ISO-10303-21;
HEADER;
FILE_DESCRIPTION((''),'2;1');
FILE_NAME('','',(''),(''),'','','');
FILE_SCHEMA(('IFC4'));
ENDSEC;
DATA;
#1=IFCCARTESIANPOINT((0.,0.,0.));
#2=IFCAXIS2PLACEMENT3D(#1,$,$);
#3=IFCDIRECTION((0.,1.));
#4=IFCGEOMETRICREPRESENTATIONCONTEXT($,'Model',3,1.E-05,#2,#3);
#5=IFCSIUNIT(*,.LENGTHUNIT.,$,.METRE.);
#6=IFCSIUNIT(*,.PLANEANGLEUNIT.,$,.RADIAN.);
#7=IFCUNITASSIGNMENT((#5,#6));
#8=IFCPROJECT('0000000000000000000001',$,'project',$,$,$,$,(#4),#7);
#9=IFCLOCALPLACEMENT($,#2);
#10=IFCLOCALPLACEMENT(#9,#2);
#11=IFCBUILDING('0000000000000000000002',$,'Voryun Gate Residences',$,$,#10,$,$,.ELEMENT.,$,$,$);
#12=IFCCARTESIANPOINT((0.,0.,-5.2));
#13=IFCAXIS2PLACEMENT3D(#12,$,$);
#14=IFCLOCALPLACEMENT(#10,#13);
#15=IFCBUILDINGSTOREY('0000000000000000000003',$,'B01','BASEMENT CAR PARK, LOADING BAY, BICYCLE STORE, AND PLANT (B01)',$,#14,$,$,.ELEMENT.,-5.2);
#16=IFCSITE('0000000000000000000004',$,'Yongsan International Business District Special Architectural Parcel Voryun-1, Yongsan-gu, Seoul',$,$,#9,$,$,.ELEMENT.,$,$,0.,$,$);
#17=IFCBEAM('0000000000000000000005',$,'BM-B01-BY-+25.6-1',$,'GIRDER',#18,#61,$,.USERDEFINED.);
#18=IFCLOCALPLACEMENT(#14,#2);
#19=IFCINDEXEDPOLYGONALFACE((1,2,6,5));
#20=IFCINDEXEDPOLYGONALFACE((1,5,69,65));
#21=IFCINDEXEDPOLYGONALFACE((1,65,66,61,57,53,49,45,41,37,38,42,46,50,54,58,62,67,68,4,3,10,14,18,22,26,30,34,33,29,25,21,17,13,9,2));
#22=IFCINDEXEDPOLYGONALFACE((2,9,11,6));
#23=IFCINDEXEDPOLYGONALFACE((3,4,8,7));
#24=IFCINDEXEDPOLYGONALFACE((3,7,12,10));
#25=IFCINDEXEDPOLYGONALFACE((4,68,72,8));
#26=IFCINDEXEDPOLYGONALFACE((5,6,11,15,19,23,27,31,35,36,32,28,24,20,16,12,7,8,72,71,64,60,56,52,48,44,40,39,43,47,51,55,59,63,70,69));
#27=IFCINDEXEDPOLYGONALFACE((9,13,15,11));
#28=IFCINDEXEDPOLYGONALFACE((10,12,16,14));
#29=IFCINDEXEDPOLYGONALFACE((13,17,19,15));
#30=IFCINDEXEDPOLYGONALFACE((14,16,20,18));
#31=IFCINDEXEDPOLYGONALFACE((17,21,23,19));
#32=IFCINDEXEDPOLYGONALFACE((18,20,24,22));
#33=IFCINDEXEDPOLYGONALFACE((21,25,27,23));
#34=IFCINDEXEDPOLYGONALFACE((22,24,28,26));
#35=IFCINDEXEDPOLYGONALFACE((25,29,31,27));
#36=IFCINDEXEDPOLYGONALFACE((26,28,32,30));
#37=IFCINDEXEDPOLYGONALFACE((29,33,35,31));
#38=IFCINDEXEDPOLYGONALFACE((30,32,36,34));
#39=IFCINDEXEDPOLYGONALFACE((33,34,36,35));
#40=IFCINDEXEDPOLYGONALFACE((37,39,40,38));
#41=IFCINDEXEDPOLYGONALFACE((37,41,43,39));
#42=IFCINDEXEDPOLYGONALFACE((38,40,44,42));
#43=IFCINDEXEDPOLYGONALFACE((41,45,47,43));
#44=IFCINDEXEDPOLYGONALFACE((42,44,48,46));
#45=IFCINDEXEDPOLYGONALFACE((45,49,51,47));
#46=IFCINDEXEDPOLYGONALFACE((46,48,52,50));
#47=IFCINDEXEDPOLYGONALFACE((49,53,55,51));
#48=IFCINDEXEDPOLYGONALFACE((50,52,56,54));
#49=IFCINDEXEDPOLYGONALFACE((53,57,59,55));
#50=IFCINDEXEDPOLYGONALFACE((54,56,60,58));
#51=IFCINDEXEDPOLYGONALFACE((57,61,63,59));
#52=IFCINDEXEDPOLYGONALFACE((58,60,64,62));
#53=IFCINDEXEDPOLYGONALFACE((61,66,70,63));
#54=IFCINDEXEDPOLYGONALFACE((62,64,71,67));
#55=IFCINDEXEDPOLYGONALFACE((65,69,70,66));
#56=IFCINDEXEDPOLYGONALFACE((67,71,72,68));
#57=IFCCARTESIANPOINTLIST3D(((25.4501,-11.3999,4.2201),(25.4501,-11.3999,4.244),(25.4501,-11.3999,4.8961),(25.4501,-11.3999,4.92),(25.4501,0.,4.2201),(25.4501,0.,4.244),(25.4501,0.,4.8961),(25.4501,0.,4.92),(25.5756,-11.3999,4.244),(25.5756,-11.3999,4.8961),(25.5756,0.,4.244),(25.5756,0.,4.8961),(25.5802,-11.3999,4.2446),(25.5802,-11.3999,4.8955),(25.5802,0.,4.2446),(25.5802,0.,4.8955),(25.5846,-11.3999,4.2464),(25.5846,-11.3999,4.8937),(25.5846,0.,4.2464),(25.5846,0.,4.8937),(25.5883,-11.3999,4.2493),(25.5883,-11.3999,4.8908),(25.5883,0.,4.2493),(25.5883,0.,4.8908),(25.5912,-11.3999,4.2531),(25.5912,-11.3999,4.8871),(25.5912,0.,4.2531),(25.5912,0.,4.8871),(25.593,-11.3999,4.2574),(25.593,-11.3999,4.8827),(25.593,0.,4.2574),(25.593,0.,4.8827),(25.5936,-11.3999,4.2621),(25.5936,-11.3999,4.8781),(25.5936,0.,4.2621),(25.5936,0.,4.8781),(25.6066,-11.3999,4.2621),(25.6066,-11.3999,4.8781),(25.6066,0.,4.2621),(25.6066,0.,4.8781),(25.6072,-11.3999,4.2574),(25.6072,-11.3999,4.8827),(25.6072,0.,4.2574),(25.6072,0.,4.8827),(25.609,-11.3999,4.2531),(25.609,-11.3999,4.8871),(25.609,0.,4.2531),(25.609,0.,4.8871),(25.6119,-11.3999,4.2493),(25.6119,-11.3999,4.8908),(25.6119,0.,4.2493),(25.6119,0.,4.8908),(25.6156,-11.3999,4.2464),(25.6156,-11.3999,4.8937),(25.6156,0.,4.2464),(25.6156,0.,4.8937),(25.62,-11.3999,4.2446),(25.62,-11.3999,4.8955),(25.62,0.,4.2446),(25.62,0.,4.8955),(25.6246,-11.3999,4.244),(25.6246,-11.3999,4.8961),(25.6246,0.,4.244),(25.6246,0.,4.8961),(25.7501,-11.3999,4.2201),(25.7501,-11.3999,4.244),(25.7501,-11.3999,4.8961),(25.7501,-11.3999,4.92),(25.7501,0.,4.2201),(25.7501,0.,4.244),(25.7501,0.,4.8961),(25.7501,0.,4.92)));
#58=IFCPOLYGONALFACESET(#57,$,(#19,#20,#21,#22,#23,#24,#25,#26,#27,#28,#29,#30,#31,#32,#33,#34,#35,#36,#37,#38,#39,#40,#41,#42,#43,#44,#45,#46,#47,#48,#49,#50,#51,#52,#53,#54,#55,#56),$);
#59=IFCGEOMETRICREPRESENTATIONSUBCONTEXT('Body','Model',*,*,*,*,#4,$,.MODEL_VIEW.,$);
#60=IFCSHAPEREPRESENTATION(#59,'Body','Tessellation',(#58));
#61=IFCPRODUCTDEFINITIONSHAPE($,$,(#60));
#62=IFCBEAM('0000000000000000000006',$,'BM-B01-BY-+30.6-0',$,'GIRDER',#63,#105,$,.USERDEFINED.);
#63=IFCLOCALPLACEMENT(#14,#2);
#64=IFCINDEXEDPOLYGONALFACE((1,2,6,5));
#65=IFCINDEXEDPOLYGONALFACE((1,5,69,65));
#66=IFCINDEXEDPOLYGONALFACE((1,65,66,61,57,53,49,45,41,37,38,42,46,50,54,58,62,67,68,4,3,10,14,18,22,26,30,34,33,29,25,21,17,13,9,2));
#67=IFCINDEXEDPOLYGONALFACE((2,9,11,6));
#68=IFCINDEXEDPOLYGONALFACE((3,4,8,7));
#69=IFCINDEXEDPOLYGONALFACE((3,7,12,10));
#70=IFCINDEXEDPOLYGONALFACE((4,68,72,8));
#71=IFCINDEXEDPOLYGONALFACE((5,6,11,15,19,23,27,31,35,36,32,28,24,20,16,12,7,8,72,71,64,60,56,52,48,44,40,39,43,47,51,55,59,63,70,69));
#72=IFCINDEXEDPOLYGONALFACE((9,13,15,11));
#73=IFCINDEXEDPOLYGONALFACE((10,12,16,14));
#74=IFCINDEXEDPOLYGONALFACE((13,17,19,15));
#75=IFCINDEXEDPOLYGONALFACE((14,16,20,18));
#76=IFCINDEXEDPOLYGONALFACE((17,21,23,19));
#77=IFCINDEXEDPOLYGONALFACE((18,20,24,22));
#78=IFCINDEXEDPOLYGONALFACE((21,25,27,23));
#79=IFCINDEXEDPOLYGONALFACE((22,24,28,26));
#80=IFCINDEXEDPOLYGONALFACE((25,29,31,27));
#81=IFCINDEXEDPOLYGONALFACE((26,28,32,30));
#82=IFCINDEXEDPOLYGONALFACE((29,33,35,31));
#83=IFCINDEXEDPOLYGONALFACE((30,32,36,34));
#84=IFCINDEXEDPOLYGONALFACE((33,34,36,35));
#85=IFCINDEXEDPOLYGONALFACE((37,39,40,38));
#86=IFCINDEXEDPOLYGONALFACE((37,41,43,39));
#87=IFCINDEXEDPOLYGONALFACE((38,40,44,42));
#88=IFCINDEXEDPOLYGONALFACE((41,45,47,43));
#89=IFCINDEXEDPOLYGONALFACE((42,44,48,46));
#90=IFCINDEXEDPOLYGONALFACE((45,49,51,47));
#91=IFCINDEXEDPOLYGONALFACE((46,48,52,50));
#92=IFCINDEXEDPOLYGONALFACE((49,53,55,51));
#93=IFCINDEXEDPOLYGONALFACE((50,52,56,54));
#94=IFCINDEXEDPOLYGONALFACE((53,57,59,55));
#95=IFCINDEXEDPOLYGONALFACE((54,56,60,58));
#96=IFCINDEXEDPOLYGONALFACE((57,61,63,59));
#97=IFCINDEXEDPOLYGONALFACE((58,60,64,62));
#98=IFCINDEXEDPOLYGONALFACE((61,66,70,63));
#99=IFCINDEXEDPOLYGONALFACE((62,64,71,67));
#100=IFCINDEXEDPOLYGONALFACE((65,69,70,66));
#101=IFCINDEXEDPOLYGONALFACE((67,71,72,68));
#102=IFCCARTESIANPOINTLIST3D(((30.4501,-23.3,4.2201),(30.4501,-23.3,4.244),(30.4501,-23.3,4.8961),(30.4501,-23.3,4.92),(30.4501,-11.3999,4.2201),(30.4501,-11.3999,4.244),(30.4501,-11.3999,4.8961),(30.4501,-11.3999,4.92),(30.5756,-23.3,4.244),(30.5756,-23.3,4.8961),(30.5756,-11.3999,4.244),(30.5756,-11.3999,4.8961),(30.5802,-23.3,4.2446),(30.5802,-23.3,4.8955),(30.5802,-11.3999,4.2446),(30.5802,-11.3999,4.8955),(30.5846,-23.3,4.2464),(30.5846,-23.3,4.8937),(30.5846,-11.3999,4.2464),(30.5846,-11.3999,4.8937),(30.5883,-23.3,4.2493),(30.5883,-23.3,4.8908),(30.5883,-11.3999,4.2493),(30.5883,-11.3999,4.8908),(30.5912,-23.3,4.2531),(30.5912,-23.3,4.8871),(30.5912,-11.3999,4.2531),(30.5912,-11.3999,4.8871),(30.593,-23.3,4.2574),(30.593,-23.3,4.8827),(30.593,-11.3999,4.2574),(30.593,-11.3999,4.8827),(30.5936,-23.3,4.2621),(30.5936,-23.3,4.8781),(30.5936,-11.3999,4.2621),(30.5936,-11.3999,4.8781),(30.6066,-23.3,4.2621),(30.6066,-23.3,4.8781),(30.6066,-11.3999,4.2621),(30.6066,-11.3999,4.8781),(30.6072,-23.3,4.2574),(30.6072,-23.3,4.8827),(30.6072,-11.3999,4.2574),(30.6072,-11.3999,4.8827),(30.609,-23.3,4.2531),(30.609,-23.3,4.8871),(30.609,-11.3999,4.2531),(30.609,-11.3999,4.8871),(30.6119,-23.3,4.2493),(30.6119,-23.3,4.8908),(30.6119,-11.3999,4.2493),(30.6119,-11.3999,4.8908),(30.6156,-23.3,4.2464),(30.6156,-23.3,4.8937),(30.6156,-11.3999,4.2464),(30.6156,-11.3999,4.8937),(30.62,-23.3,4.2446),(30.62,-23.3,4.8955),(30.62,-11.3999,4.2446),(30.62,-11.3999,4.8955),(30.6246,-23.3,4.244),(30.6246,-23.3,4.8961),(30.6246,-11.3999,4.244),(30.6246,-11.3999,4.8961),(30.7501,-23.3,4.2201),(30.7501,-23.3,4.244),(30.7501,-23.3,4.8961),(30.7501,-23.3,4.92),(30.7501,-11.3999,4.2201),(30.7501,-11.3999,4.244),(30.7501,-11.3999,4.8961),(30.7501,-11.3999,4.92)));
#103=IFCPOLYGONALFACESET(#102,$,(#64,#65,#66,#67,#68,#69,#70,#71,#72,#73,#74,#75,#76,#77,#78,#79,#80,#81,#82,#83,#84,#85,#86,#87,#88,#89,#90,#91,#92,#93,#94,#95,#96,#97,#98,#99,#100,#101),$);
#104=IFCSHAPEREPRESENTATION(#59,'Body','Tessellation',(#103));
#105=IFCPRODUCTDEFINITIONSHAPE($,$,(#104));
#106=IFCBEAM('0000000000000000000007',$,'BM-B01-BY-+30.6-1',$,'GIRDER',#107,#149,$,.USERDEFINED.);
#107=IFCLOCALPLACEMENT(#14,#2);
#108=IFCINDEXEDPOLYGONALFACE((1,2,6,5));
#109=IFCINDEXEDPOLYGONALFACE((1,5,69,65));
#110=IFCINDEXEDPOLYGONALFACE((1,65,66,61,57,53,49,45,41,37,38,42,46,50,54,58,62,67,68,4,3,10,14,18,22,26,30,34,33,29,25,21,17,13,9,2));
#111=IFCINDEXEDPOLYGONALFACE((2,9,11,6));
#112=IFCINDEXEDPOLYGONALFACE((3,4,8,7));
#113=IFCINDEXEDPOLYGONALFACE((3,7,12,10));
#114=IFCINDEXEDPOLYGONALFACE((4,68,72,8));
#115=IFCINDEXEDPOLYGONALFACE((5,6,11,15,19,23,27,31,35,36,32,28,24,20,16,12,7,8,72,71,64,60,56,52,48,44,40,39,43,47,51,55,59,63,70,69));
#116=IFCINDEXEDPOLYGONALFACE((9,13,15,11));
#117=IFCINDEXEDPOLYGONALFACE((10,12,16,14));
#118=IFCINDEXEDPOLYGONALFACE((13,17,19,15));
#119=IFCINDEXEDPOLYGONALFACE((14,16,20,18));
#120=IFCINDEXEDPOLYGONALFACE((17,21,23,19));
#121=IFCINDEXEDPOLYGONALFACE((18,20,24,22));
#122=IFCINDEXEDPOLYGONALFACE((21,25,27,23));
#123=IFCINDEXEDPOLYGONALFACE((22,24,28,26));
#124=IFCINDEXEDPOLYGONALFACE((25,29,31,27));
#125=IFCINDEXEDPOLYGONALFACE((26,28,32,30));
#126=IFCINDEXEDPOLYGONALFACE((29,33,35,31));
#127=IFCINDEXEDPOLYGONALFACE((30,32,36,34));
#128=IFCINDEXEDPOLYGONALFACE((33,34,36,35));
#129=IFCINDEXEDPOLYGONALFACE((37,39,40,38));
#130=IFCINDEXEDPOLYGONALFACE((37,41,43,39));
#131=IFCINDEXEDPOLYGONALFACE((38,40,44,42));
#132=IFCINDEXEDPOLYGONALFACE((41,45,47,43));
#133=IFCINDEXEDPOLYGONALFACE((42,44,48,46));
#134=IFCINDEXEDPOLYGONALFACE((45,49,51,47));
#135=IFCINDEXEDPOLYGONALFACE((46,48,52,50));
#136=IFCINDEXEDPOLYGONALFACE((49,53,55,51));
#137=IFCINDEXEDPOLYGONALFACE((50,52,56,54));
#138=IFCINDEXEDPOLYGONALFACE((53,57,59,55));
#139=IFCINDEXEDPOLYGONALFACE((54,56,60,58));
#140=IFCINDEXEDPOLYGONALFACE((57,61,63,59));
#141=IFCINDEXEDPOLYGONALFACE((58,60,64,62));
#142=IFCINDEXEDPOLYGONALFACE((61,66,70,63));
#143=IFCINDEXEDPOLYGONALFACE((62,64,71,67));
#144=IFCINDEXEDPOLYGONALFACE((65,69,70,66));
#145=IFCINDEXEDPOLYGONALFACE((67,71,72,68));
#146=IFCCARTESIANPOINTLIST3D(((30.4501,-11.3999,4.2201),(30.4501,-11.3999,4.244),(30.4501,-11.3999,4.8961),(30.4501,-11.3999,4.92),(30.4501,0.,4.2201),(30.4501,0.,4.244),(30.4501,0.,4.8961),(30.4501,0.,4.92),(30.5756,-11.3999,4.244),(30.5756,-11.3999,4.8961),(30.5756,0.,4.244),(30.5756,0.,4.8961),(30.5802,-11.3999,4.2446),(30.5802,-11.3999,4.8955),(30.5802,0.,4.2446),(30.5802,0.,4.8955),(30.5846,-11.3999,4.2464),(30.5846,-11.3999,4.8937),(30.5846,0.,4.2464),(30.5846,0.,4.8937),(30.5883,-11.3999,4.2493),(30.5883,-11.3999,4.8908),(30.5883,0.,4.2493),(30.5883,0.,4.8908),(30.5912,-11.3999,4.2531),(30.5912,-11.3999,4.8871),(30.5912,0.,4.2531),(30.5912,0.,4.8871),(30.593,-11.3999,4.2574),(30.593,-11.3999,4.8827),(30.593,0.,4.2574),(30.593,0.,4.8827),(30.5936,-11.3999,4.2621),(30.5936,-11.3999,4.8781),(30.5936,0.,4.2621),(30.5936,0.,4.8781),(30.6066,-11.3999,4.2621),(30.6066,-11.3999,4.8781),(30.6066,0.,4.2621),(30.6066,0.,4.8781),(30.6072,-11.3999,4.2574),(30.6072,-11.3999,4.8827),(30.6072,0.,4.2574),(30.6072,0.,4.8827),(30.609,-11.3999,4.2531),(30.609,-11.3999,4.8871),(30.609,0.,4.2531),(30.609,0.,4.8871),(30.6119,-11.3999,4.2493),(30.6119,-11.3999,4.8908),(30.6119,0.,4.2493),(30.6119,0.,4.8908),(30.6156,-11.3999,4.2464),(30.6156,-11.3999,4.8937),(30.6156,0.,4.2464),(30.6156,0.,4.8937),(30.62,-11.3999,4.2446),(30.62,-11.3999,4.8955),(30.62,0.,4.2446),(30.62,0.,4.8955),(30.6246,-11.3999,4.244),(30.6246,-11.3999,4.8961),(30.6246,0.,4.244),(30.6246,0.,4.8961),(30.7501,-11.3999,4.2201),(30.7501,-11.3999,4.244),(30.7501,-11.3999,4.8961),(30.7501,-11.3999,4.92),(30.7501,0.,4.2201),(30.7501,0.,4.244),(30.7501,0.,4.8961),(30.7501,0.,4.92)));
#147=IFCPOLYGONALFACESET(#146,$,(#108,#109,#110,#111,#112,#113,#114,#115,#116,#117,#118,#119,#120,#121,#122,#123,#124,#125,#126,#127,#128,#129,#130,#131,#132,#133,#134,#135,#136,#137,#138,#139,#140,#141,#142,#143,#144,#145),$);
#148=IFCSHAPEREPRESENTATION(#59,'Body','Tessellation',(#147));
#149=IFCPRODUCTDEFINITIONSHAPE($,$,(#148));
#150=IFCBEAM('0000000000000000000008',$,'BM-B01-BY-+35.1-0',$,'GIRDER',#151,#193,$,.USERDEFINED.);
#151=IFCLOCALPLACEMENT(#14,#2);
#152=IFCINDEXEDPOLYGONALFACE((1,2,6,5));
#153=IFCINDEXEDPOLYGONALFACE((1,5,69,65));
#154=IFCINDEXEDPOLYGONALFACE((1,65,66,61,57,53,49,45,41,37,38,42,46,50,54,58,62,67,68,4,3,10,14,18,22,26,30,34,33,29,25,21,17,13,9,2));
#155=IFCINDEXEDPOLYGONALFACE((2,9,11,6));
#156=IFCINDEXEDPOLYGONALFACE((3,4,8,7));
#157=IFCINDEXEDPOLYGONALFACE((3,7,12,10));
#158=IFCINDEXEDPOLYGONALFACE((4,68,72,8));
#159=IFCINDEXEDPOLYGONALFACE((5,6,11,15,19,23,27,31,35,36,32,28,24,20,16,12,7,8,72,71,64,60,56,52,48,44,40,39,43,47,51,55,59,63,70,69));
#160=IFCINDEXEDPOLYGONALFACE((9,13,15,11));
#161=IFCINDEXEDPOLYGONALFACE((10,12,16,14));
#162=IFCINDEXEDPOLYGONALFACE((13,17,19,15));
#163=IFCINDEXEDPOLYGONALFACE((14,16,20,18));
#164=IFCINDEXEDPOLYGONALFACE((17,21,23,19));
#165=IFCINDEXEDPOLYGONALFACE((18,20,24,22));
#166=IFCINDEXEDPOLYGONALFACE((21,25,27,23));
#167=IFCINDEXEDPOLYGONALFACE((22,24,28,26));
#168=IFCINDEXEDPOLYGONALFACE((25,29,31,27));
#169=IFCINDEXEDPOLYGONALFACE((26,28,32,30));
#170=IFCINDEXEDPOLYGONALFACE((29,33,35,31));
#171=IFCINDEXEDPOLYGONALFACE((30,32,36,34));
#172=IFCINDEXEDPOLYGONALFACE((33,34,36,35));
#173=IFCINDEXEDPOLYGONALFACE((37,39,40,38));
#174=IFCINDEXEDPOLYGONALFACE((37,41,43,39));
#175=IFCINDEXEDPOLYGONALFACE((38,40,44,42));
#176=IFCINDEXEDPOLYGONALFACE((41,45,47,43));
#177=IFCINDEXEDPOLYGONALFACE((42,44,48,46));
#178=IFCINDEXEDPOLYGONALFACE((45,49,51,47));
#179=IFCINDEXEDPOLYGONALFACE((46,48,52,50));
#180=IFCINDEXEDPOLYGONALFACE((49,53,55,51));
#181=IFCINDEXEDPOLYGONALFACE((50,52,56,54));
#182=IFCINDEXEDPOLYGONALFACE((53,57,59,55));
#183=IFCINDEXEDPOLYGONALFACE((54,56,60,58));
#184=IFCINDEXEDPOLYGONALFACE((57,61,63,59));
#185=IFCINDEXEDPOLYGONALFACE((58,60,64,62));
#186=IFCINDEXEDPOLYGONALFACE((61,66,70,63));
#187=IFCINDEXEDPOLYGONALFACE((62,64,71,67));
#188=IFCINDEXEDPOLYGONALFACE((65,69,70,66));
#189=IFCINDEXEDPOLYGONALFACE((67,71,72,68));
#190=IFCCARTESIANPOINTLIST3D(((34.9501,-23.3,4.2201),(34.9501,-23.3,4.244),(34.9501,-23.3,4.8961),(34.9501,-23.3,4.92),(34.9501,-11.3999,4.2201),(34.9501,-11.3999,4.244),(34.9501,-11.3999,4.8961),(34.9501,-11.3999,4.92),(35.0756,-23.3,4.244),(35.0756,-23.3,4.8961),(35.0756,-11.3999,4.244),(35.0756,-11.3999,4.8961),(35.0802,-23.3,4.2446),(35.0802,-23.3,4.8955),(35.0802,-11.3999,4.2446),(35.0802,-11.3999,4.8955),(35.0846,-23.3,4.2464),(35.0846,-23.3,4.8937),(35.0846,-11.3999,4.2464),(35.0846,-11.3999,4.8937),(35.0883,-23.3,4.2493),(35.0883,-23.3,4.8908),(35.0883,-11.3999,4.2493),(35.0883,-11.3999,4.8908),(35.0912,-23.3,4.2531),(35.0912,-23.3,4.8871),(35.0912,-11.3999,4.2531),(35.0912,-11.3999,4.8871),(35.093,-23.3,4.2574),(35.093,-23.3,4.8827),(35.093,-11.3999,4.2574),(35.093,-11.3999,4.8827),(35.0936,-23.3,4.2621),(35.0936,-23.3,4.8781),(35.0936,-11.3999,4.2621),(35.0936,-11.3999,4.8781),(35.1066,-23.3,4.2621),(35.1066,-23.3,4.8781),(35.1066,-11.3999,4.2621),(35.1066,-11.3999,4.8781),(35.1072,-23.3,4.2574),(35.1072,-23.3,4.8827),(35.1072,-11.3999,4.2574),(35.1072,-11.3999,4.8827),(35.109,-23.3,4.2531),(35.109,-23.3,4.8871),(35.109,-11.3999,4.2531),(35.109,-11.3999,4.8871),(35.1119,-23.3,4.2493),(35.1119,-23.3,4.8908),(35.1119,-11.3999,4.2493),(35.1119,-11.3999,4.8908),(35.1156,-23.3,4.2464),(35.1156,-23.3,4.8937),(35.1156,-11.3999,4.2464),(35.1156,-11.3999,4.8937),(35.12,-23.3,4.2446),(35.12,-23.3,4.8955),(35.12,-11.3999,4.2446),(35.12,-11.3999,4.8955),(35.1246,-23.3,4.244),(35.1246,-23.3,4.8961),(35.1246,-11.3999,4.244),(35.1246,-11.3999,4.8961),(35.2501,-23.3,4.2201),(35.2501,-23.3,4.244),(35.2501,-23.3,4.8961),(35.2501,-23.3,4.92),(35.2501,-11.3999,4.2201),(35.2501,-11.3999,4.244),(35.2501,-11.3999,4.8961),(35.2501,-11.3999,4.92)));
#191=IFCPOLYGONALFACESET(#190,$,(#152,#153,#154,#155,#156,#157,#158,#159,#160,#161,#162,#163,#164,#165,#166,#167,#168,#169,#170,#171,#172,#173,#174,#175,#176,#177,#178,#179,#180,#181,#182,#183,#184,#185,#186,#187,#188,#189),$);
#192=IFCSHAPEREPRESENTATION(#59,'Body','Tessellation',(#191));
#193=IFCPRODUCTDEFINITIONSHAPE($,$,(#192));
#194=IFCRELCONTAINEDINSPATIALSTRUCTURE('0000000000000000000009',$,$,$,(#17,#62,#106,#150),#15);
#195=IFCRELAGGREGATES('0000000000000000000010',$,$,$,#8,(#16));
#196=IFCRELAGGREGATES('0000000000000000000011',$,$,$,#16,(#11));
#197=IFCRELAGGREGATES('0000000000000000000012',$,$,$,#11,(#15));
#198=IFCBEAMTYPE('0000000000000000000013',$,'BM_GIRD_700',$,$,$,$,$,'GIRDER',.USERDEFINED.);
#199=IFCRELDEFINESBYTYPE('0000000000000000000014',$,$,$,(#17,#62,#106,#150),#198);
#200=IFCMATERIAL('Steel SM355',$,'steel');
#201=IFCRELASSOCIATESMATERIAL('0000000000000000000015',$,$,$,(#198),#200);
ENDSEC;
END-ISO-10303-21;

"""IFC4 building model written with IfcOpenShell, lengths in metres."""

from ifc_helpers import new_model, si_unit, direction, frame, origin, origin_2d, place, context, subcontext, project, spatial, i_section, extrude, material, material_profile, profile_set, type_object, element, save


model = new_model("IFC4")

# Units and contexts
model_context = context("Model", 3, precision=1e-05, world=origin(), true_north=direction((0.0, 1.0)))
body_context = subcontext(model_context, "Body", "Model", "MODEL_VIEW")
ifc_project = project(units=[si_unit("LENGTHUNIT", "METRE"), si_unit("PLANEANGLEUNIT", "RADIAN")], contexts=[model_context])

# Site, building, storey
site_placement = place(None, origin())
site = spatial("IfcSite", under=ifc_project, at=site_placement, Name="Yongsan International Business District Special Architectural Parcel Voryun-1, Yongsan-gu, Seoul", CompositionType="ELEMENT", RefElevation=0.0)
building_placement = place(site_placement, origin())
building = spatial("IfcBuilding", under=site, at=building_placement, Name="Voryun Gate Residences", CompositionType="ELEMENT")
storey_placement = place(building_placement, frame((0.0, 0.0, -5.2)))
storey = spatial("IfcBuildingStorey", under=building, at=storey_placement, Name="B01", Description="BASEMENT CAR PARK, LOADING BAY, BICYCLE STORE, AND PLANT (B01)", CompositionType="ELEMENT", Elevation=-5.2)

# Beams
ifc_material_1 = material(Name="Steel SM355", Category="steel")
ifc_material_profile_1 = material_profile(ifc_material_1, i_section(OverallWidth=0.3, OverallDepth=0.7, WebThickness=0.0129, FlangeThickness=0.0239, FilletRadius=0.0181, at=origin_2d()), Name="H-700x300x13x24")
ifc_profile_set_1 = profile_set([ifc_material_profile_1], Name="Steel SM355")
beam_type_1 = type_object("IfcBeamType", Name="BM_GIRD_700", ElementType="GIRDER", PredefinedType="USERDEFINED", material=ifc_profile_set_1)
beam_1_placement = place(storey_placement, frame((25.6001, -11.3999, 4.5701), z_axis=(0.0, 1.0, 0.0), x_axis=(-1.0, 0.0, 0.0)))
element("IfcBeam", 1, at=beam_1_placement, inside=storey, type_object=beam_type_1, Name="BM-B01-BY-+25.6-1", ObjectType="GIRDER", PredefinedType="USERDEFINED", context=body_context, shape_type="SweptSolid", body=[
    extrude(i_section(OverallWidth=0.3, OverallDepth=0.7, WebThickness=0.0129, FlangeThickness=0.0239, FilletRadius=0.0181, at=origin_2d()), origin(), (0.0, 0.0, 1.0), 11.3999),
])
beam_2_placement = place(storey_placement, frame((30.6001, -23.3, 4.5701), z_axis=(0.0, 1.0, 0.0), x_axis=(-1.0, 0.0, 0.0)))
element("IfcBeam", 2, at=beam_2_placement, inside=storey, type_object=beam_type_1, Name="BM-B01-BY-+30.6-0", ObjectType="GIRDER", PredefinedType="USERDEFINED", context=body_context, shape_type="SweptSolid", body=[
    extrude(i_section(OverallWidth=0.3, OverallDepth=0.7, WebThickness=0.0129, FlangeThickness=0.0239, FilletRadius=0.0181, at=origin_2d()), origin(), (0.0, 0.0, 1.0), 11.9001),
])
beam_3_placement = place(storey_placement, frame((30.6001, -11.3999, 4.5701), z_axis=(0.0, 1.0, 0.0), x_axis=(-1.0, 0.0, 0.0)))
element("IfcBeam", 3, at=beam_3_placement, inside=storey, type_object=beam_type_1, Name="BM-B01-BY-+30.6-1", ObjectType="GIRDER", PredefinedType="USERDEFINED", context=body_context, shape_type="SweptSolid", body=[
    extrude(i_section(OverallWidth=0.3, OverallDepth=0.7, WebThickness=0.0129, FlangeThickness=0.0239, FilletRadius=0.0181, at=origin_2d()), origin(), (0.0, 0.0, 1.0), 11.3999),
])
beam_4_placement = place(storey_placement, frame((35.1001, -23.3, 4.5701), z_axis=(0.0, 1.0, 0.0), x_axis=(-1.0, 0.0, 0.0)))
element("IfcBeam", 4, at=beam_4_placement, inside=storey, type_object=beam_type_1, Name="BM-B01-BY-+35.1-0", ObjectType="GIRDER", PredefinedType="USERDEFINED", context=body_context, shape_type="SweptSolid", body=[
    extrude(i_section(OverallWidth=0.3, OverallDepth=0.7, WebThickness=0.0129, FlangeThickness=0.0239, FilletRadius=0.0181, at=origin_2d()), origin(), (0.0, 0.0, 1.0), 11.9001),
])

save(model, "model.ifc")
